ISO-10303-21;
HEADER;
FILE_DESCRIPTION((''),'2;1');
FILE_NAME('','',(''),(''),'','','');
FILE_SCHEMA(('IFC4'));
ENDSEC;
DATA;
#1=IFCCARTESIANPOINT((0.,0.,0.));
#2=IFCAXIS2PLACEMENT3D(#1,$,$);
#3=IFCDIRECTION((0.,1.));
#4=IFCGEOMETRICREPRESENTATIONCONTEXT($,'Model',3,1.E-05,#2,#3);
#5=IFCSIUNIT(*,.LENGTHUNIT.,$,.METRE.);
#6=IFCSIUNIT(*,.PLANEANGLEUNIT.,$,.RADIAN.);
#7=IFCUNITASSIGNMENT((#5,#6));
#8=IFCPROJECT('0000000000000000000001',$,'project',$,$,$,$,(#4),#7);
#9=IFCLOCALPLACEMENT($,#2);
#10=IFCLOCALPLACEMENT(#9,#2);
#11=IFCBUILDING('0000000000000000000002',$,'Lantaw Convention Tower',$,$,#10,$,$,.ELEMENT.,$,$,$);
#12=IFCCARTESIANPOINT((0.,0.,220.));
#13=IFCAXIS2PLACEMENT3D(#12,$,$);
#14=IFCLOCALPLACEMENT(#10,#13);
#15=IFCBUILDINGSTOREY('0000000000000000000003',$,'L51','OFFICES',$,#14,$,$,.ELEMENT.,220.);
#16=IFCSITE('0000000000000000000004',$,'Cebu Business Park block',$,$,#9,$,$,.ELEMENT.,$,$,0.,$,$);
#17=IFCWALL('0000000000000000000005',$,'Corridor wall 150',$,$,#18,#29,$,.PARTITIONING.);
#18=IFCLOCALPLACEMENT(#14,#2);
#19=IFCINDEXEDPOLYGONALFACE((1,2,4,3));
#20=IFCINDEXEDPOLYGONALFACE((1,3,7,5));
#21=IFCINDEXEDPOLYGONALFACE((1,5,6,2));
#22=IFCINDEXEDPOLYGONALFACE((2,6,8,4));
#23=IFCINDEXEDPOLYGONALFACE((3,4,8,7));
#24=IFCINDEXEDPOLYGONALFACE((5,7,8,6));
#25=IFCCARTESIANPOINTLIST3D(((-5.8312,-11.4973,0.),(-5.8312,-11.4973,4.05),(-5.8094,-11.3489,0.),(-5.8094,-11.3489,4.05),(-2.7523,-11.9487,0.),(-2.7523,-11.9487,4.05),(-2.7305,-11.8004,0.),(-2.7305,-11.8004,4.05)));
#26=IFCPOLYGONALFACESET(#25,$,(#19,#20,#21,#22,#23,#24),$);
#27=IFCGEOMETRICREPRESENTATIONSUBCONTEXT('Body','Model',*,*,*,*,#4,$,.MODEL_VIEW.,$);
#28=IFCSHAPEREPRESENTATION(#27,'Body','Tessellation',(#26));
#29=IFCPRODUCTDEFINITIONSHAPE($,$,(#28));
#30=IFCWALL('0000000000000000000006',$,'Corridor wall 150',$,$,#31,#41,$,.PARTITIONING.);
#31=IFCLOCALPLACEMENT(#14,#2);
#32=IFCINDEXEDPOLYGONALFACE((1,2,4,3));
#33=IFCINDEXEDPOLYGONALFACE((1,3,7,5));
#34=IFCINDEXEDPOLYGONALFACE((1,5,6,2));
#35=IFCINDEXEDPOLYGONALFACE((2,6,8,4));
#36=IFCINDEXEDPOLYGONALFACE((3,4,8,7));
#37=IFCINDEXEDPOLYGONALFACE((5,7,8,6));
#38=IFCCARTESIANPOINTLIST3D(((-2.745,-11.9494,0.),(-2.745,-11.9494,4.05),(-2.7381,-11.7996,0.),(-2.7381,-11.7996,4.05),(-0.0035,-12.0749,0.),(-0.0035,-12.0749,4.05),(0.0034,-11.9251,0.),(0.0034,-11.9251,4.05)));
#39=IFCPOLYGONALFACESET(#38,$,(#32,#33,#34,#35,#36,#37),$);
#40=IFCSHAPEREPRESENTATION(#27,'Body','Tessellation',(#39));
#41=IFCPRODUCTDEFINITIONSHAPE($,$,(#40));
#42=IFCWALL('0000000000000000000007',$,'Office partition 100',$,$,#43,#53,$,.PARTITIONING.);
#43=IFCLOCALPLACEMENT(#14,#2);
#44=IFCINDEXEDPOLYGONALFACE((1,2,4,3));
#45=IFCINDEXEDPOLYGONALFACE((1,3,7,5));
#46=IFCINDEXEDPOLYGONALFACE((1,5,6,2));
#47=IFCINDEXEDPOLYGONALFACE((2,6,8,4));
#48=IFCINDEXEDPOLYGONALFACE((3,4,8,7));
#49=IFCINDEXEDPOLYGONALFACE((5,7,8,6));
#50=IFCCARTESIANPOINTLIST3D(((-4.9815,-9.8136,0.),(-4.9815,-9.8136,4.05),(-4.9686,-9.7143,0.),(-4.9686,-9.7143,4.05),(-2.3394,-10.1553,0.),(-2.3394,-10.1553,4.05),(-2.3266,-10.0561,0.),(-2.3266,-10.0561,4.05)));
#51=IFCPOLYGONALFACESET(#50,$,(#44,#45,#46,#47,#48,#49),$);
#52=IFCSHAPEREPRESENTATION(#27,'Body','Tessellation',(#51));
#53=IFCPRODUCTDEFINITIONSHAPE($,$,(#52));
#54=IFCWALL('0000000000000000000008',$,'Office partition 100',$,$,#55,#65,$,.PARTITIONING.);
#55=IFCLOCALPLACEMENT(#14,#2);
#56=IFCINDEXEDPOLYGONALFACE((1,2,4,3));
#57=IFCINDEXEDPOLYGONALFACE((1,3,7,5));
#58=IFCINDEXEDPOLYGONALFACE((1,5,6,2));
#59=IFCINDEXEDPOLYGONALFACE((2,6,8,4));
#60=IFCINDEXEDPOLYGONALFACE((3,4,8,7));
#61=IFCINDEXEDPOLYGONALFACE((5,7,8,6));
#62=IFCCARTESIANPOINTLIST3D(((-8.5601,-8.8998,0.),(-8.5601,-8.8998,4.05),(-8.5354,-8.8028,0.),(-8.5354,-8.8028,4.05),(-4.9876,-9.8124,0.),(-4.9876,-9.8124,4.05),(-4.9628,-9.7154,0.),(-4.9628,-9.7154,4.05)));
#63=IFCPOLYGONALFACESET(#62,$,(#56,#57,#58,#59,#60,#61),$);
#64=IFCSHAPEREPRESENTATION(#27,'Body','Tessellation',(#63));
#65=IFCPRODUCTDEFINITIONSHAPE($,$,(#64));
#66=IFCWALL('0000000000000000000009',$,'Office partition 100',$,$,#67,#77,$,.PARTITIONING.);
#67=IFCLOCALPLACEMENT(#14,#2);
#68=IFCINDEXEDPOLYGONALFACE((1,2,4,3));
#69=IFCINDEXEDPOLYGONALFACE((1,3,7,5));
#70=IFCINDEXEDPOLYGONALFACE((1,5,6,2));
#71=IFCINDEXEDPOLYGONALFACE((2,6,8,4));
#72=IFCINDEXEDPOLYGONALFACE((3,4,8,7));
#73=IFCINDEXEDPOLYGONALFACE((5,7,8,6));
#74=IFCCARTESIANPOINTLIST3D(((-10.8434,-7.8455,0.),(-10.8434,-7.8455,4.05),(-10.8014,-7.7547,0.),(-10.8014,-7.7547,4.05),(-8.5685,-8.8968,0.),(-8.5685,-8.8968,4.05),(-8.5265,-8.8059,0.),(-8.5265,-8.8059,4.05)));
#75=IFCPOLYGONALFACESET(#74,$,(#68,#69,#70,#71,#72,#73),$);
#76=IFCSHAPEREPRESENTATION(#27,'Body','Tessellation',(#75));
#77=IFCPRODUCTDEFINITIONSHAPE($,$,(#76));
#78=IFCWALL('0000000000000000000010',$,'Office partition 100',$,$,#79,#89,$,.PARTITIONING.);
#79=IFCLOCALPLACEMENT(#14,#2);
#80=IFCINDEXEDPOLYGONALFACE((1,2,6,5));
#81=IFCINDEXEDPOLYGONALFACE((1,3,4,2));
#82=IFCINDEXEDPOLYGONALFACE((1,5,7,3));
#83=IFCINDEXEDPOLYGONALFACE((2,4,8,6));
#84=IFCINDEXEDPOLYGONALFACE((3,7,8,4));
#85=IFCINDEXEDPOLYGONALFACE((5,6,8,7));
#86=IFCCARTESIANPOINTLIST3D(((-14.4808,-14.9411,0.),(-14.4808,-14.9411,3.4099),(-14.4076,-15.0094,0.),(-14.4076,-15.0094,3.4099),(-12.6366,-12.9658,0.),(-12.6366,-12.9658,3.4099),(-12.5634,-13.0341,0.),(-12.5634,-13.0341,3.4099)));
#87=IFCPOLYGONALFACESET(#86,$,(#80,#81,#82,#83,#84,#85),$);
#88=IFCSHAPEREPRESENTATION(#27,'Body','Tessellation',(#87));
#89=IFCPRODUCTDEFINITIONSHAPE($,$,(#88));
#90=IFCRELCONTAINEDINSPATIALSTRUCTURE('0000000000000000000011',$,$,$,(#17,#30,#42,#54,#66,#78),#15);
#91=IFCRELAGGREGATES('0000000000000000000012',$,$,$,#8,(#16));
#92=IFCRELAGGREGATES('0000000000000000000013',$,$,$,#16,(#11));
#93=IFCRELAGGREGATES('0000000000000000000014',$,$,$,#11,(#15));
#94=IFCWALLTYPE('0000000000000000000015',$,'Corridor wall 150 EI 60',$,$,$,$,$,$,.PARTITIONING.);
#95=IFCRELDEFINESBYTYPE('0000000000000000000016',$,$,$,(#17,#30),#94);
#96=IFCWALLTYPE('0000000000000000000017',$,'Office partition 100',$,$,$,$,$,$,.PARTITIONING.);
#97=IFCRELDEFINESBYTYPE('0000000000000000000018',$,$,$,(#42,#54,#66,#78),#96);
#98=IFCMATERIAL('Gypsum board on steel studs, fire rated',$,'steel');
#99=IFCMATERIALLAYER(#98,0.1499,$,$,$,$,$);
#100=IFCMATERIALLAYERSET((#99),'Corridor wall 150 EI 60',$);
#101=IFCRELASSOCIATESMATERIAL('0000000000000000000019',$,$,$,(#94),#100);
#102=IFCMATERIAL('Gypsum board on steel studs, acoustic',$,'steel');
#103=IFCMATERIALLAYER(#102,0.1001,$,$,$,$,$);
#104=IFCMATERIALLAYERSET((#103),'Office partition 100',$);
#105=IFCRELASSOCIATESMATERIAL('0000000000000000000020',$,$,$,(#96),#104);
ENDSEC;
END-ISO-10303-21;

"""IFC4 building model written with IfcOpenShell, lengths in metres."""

from ifc_helpers import new_model, si_unit, direction, frame, frame_2d, origin, place, context, subcontext, project, spatial, rectangle, extrude, material, layer, layer_set, type_object, element, save


model = new_model("IFC4")

# Units and contexts
model_context = context("Model", 3, precision=1e-05, world=origin(), true_north=direction((0.0, 1.0)))
body_context = subcontext(model_context, "Body", "Model", "MODEL_VIEW")
ifc_project = project(units=[si_unit("LENGTHUNIT", "METRE"), si_unit("PLANEANGLEUNIT", "RADIAN")], contexts=[model_context])

# Site, building, storey
site_placement = place(None, origin())
site = spatial("IfcSite", under=ifc_project, at=site_placement, Name="Cebu Business Park block", CompositionType="ELEMENT", RefElevation=0.0)
building_placement = place(site_placement, origin())
building = spatial("IfcBuilding", under=site, at=building_placement, Name="Lantaw Convention Tower", CompositionType="ELEMENT")
storey_placement = place(building_placement, frame((0.0, 0.0, 220.0)))
storey = spatial("IfcBuildingStorey", under=building, at=storey_placement, Name="L51", Description="OFFICES", CompositionType="ELEMENT", Elevation=220.0)

# Shared definitions
ifc_material_1 = material(Name="Gypsum board on steel studs, fire rated", Category="steel")
ifc_layer_1 = layer(ifc_material_1, 0.1499)
ifc_layer_set_1 = layer_set([ifc_layer_1], Name="Corridor wall 150 EI 60")
wall_type_1 = type_object("IfcWallType", Name="Corridor wall 150 EI 60", PredefinedType="PARTITIONING", material=ifc_layer_set_1)

# Walls
wall_1_placement = place(storey_placement, frame((-5.8203, -11.4231, 0.0), z_axis=(0.0, 0.0, 1.0), x_axis=(0.989422, -0.145067, 0.0)))
element("IfcWall", 1, at=wall_1_placement, inside=storey, type_object=wall_type_1, Name="Corridor wall 150", PredefinedType="PARTITIONING", context=body_context, shape_type="SweptSolid", body=[
    extrude(rectangle(XDim=3.1118, YDim=0.1499, at=frame_2d((1.5559, 0.0))), origin(), (0.0, 0.0, 1.0), 4.05),
])
wall_2_placement = place(storey_placement, frame((-2.7415, -11.8745, 0.0), z_axis=(0.0, 0.0, 1.0), x_axis=(0.998954, -0.045726, 0.0)))
element("IfcWall", 2, at=wall_2_placement, inside=storey, type_object=wall_type_1, Name="Corridor wall 150", PredefinedType="PARTITIONING", context=body_context, shape_type="SweptSolid", body=[
    extrude(rectangle(XDim=2.7444, YDim=0.1499, at=frame_2d((1.3721, 0.0))), origin(), (0.0, 0.0, 1.0), 4.05),
])
ifc_material_2 = material(Name="Gypsum board on steel studs, acoustic", Category="steel")
ifc_layer_2 = layer(ifc_material_2, 0.1001)
ifc_layer_set_2 = layer_set([ifc_layer_2], Name="Office partition 100")
wall_type_2 = type_object("IfcWallType", Name="Office partition 100", PredefinedType="PARTITIONING", material=ifc_layer_set_2)
wall_3_placement = place(storey_placement, frame((-2.333, -10.1057, 0.0), z_axis=(0.0, 0.0, 1.0), x_axis=(-0.991736, 0.128297, 0.0)))
element("IfcWall", 3, at=wall_3_placement, inside=storey, type_object=wall_type_2, Name="Office partition 100", PredefinedType="PARTITIONING", context=body_context, shape_type="SweptSolid", body=[
    extrude(rectangle(XDim=2.6641, YDim=0.1001, at=frame_2d((1.332, 0.0))), origin(), (0.0, 0.0, 1.0), 4.05),
])
wall_4_placement = place(storey_placement, frame((-4.9751, -9.7639, 0.0), z_axis=(0.0, 0.0, 1.0), x_axis=(-0.968887, 0.247502, 0.0)))
element("IfcWall", 4, at=wall_4_placement, inside=storey, type_object=wall_type_2, Name="Office partition 100", PredefinedType="PARTITIONING", context=body_context, shape_type="SweptSolid", body=[
    extrude(rectangle(XDim=3.6873, YDim=0.1001, at=frame_2d((1.8438, 0.0))), origin(), (0.0, 0.0, 1.0), 4.05),
])
wall_5_placement = place(storey_placement, frame((-8.5476, -8.8513, 0.0), z_axis=(0.0, 0.0, 1.0), x_axis=(-0.90776, 0.419491, 0.0)))
element("IfcWall", 5, at=wall_5_placement, inside=storey, type_object=wall_type_2, Name="Office partition 100", PredefinedType="PARTITIONING", context=body_context, shape_type="SweptSolid", body=[
    extrude(rectangle(XDim=2.5061, YDim=0.1001, at=frame_2d((1.2529, 0.0))), origin(), (0.0, 0.0, 1.0), 4.05),
])
wall_6_placement = place(storey_placement, frame((-12.6001, -13.0, 0.0), z_axis=(0.0, 0.0, 1.0), x_axis=(-0.682434, -0.730947, 0.0)))
element("IfcWall", 6, at=wall_6_placement, inside=storey, type_object=wall_type_2, Name="Office partition 100", PredefinedType="PARTITIONING", context=body_context, shape_type="SweptSolid", body=[
    extrude(rectangle(XDim=2.7024, YDim=0.1001, at=frame_2d((1.3511, 0.0))), origin(), (0.0, 0.0, 1.0), 3.4099),
])

save(model, "model.ifc")
